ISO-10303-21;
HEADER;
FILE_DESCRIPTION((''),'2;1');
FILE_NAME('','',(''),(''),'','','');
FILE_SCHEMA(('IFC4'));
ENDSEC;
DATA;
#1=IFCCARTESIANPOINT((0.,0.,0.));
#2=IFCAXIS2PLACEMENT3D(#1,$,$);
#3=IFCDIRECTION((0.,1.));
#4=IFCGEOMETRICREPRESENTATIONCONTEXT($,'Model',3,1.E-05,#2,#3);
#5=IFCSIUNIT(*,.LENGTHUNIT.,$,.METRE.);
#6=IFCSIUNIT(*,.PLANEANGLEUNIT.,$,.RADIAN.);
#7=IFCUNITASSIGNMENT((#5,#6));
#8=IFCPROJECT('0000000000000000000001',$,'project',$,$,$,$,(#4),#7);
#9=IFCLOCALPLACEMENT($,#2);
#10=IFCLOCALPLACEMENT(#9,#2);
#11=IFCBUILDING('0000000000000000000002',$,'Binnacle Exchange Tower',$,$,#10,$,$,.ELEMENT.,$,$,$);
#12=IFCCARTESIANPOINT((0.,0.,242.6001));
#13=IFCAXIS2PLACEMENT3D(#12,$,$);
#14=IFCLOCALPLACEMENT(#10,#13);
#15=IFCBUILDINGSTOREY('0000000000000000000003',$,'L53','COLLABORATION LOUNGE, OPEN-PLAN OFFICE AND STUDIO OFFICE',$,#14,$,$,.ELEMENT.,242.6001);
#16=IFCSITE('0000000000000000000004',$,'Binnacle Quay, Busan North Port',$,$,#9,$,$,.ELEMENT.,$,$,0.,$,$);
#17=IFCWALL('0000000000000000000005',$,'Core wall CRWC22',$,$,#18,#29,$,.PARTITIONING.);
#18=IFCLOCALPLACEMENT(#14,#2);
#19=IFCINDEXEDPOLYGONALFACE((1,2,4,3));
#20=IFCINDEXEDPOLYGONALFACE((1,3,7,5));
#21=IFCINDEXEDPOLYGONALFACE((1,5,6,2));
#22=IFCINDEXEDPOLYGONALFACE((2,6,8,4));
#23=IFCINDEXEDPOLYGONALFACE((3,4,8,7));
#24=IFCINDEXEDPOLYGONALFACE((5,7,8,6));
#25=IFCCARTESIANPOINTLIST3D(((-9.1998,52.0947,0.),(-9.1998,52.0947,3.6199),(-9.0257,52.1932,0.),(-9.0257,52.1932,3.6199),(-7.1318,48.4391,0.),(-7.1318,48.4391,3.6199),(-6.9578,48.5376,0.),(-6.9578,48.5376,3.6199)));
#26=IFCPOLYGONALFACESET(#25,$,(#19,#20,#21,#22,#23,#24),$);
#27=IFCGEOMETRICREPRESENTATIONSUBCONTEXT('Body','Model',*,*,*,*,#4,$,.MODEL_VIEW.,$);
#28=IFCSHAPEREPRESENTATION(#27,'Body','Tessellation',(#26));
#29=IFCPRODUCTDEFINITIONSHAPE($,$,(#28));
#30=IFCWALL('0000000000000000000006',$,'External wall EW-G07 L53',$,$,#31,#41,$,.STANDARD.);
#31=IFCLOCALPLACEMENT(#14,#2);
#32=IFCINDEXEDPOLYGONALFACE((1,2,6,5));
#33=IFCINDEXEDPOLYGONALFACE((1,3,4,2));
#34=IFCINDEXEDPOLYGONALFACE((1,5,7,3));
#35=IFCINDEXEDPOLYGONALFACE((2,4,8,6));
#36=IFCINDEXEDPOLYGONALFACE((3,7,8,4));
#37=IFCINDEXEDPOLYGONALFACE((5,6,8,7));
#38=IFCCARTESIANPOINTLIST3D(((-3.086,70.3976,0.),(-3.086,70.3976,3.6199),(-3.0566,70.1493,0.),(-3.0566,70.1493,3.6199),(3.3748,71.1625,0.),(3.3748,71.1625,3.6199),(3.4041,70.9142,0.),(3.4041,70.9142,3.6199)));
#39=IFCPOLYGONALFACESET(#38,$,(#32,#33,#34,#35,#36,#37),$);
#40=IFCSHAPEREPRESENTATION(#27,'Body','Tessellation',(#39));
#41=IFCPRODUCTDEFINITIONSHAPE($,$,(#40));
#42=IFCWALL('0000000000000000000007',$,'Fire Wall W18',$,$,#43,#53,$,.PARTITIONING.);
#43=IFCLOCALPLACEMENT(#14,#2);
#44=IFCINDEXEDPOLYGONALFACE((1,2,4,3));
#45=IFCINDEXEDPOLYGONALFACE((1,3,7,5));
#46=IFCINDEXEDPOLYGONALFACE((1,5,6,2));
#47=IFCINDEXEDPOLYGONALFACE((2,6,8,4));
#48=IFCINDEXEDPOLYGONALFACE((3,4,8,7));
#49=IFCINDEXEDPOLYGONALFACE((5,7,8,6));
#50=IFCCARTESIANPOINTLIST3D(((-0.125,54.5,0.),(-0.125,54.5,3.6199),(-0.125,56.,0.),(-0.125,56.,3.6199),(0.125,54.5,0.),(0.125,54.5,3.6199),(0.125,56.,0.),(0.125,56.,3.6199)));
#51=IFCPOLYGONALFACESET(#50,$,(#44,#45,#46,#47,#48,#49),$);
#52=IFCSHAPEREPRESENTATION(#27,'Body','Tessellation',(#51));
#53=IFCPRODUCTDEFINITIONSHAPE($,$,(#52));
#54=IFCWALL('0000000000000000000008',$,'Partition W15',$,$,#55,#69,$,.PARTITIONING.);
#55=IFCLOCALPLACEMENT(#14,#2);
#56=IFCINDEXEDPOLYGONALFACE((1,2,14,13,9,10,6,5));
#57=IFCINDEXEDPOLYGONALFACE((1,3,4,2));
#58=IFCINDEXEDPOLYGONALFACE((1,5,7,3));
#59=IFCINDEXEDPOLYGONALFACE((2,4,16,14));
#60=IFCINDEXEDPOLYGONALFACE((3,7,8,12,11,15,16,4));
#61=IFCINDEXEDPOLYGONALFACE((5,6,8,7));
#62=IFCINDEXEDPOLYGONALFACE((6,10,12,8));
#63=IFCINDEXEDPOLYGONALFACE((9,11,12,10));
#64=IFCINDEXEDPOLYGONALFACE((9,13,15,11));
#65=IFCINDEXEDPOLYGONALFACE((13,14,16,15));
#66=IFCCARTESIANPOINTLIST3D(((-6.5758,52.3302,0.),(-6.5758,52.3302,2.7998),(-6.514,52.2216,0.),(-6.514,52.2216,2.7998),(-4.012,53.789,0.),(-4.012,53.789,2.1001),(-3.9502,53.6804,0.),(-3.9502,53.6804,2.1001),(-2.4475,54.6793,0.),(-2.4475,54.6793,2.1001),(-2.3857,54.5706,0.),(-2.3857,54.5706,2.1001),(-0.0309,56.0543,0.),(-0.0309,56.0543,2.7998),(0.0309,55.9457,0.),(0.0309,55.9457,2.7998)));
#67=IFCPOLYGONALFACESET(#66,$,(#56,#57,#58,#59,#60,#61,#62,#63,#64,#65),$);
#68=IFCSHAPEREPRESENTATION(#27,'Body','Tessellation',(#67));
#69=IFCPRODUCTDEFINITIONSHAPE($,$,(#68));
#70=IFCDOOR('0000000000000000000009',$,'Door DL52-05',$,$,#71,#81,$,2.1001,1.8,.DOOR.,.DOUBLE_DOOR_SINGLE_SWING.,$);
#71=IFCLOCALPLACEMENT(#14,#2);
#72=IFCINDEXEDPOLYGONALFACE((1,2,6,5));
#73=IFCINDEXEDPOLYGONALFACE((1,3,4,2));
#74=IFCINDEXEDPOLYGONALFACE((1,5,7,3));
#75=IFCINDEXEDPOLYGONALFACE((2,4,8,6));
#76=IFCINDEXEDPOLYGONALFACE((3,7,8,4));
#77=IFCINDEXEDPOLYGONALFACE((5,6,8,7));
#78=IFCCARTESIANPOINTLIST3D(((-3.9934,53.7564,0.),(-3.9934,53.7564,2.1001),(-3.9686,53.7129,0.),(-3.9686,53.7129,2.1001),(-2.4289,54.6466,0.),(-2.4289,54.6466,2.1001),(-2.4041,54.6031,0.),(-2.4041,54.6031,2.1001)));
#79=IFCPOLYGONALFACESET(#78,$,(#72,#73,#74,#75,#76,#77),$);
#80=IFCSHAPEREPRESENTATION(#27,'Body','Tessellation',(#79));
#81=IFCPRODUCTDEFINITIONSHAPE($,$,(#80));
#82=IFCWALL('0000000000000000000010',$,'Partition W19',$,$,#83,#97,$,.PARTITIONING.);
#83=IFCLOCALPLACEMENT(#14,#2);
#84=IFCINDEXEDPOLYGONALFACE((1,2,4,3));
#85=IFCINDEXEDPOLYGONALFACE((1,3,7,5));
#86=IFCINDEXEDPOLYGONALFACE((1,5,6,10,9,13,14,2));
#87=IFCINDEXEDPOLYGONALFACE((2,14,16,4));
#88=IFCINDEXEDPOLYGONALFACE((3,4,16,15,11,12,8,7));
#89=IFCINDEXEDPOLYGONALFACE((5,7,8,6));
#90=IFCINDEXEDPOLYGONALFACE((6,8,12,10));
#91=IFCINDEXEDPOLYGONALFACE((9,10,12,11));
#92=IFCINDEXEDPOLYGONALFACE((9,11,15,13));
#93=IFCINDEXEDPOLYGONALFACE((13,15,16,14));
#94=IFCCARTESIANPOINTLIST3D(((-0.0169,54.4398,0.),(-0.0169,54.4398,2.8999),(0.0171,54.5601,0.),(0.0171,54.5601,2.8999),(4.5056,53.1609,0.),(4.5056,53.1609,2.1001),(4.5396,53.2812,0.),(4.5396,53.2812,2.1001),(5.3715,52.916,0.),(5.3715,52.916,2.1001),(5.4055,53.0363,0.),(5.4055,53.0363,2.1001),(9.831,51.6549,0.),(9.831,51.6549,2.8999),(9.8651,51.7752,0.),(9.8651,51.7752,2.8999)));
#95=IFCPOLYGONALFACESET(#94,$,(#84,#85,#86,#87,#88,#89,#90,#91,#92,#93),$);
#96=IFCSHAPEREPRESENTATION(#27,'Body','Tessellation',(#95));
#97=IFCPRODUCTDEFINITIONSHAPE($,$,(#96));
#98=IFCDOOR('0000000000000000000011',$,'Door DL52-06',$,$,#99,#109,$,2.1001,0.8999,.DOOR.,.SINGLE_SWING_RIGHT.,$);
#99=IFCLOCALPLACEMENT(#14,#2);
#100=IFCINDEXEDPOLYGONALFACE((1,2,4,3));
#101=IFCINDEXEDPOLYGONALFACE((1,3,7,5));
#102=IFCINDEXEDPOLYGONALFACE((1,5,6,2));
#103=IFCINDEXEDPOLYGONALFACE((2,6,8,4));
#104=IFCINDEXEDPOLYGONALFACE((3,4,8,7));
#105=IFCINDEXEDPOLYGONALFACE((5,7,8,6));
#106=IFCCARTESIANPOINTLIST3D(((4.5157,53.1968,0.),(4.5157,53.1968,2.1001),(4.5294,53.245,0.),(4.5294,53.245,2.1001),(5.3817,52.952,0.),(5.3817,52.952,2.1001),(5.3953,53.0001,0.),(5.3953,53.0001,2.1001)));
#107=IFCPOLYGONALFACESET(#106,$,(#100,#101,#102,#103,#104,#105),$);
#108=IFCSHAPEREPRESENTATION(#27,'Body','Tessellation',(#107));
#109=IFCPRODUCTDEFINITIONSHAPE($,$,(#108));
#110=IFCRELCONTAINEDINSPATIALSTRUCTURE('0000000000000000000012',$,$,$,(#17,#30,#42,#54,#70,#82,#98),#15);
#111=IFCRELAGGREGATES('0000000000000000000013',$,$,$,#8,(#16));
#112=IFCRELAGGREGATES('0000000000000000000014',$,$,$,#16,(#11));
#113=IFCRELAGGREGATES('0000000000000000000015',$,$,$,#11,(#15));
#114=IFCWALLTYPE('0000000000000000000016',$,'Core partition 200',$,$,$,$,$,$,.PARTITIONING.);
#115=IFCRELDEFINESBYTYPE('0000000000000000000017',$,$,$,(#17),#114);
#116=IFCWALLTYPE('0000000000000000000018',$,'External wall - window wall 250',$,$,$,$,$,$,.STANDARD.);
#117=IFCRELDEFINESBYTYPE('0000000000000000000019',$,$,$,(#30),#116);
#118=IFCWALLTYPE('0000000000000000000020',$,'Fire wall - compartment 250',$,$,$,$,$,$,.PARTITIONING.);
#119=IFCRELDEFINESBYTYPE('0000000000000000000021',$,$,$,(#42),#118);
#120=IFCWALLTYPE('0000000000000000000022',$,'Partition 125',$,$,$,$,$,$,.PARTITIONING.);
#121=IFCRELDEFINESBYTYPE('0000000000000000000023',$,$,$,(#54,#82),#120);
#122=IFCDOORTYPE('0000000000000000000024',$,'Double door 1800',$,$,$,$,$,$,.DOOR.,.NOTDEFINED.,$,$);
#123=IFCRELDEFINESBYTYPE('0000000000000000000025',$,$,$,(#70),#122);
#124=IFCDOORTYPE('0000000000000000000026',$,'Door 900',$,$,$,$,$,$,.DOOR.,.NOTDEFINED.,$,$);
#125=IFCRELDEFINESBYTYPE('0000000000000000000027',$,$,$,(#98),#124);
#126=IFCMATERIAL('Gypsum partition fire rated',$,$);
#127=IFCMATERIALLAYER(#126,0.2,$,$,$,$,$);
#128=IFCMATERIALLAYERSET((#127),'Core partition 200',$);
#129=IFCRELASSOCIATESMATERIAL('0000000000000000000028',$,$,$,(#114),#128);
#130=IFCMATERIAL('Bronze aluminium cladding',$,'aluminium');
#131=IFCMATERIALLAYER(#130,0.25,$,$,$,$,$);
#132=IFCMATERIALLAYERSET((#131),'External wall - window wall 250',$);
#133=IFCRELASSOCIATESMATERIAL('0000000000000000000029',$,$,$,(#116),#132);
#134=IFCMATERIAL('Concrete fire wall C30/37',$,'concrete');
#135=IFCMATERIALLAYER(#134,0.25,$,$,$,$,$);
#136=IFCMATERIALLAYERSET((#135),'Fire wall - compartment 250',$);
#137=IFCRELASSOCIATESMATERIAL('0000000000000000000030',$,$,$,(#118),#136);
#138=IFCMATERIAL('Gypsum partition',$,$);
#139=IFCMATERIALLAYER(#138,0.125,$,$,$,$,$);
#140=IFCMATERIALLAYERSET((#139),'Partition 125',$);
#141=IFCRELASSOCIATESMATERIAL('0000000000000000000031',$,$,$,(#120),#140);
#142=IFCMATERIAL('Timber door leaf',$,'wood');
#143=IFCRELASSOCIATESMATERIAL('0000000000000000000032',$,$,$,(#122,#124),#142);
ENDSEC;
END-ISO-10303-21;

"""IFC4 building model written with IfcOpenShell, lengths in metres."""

from ifc_helpers import new_model, si_unit, direction, frame, frame_2d, origin, place, context, subcontext, project, spatial, rectangle, extrude, material, layer, layer_set, type_object, element, fill, save


model = new_model("IFC4")

# Units and contexts
model_context = context("Model", 3, precision=1e-05, world=origin(), true_north=direction((0.0, 1.0)))
body_context = subcontext(model_context, "Body", "Model", "MODEL_VIEW")
ifc_project = project(units=[si_unit("LENGTHUNIT", "METRE"), si_unit("PLANEANGLEUNIT", "RADIAN")], contexts=[model_context])

# Site, building, storey
site_placement = place(None, origin())
site = spatial("IfcSite", under=ifc_project, at=site_placement, Name="Binnacle Quay, Busan North Port", CompositionType="ELEMENT", RefElevation=0.0)
building_placement = place(site_placement, origin())
building = spatial("IfcBuilding", under=site, at=building_placement, Name="Binnacle Exchange Tower", CompositionType="ELEMENT")
storey_placement = place(building_placement, frame((0.0, 0.0, 242.6001)))
storey = spatial("IfcBuildingStorey", under=building, at=storey_placement, Name="L53", Description="COLLABORATION LOUNGE, OPEN-PLAN OFFICE AND STUDIO OFFICE", CompositionType="ELEMENT", Elevation=242.6001)

# Walls
ifc_material_1 = material(Name="Gypsum partition fire rated")
ifc_layer_1 = layer(ifc_material_1, 0.2)
ifc_layer_set_1 = layer_set([ifc_layer_1], Name="Core partition 200")
wall_type_1 = type_object("IfcWallType", Name="Core partition 200", PredefinedType="PARTITIONING", material=ifc_layer_set_1)
wall_1_placement = place(storey_placement, frame((-9.1128, 52.144, 0.0), z_axis=(0.0, 0.0, 1.0), x_axis=(0.492366, -0.870388, 0.0)))
element("IfcWall", 1, at=wall_1_placement, inside=storey, type_object=wall_type_1, Name="Core wall CRWC22", PredefinedType="PARTITIONING", context=body_context, shape_type="SweptSolid", body=[
    extrude(rectangle(XDim=4.2, YDim=0.2, at=frame_2d((2.1001, 0.0))), origin(), (0.0, 0.0, 1.0), 3.6199),
])
ifc_material_2 = material(Name="Bronze aluminium cladding", Category="aluminium")
ifc_layer_2 = layer(ifc_material_2, 0.25)
ifc_layer_set_2 = layer_set([ifc_layer_2], Name="External wall - window wall 250")
wall_type_2 = type_object("IfcWallType", Name="External wall - window wall 250", PredefinedType="STANDARD", material=ifc_layer_set_2)
wall_2_placement = place(storey_placement, frame((-3.0713, 70.2734, 0.0), z_axis=(0.0, 0.0, 1.0), x_axis=(0.993065, 0.117571, 0.0)))
element("IfcWall", 2, at=wall_2_placement, inside=storey, type_object=wall_type_2, Name="External wall EW-G07 L53", PredefinedType="STANDARD", context=body_context, shape_type="SweptSolid", body=[
    extrude(rectangle(XDim=6.5059, YDim=0.25, at=frame_2d((3.2529, 0.0))), origin(), (0.0, 0.0, 1.0), 3.6199),
])
ifc_material_3 = material(Name="Concrete fire wall C30/37", Category="concrete")
ifc_layer_3 = layer(ifc_material_3, 0.25)
ifc_layer_set_3 = layer_set([ifc_layer_3], Name="Fire wall - compartment 250")
wall_type_3 = type_object("IfcWallType", Name="Fire wall - compartment 250", PredefinedType="PARTITIONING", material=ifc_layer_set_3)
wall_3_placement = place(storey_placement, frame((0.0, 54.5, 0.0), z_axis=(0.0, 0.0, 1.0), x_axis=(0.0, 1.0, 0.0)))
element("IfcWall", 3, at=wall_3_placement, inside=storey, type_object=wall_type_3, Name="Fire Wall W18", PredefinedType="PARTITIONING", context=body_context, shape_type="SweptSolid", body=[
    extrude(rectangle(XDim=1.5, YDim=0.25, at=frame_2d((0.75, 0.0))), origin(), (0.0, 0.0, 1.0), 3.6199),
])

# Walls, openings, doors
ifc_material_4 = material(Name="Gypsum partition")
ifc_layer_4 = layer(ifc_material_4, 0.125)
ifc_layer_set_4 = layer_set([ifc_layer_4], Name="Partition 125")
wall_type_4 = type_object("IfcWallType", Name="Partition 125", PredefinedType="PARTITIONING", material=ifc_layer_set_4)
wall_4_placement = place(storey_placement, frame((-6.5449, 52.2759, 0.0), z_axis=(0.0, 0.0, 1.0), x_axis=(0.869147, 0.494553, 0.0)))
wall_4 = element("IfcWall", 4, at=wall_4_placement, inside=storey, type_object=wall_type_4, Name="Partition W15", PredefinedType="PARTITIONING", context=body_context, shape_type="SweptSolid", body=[
    extrude(rectangle(XDim=7.5303, YDim=0.125, at=frame_2d((3.7651, 0.0))), origin(), (0.0, 0.0, 1.0), 2.7998),
])
opening_1_placement = place(wall_4_placement, frame((2.95, 0.0, 0.0)))
opening_1 = element("IfcOpeningElement", 5, at=opening_1_placement, cuts=wall_4, PredefinedType="OPENING", context=body_context, shape_type="SweptSolid", body=[
    extrude(rectangle(XDim=1.8, YDim=2.1001, at=frame_2d((0.8999, 1.05))), frame((0.0, 0.0725, 0.0), z_axis=(0.0, -1.0, 0.0), x_axis=(1.0, 0.0, 0.0)), (0.0, 0.0, 1.0), 0.145),
])
ifc_material_5 = material(Name="Timber door leaf", Category="wood")
door_type_1 = type_object("IfcDoorType", Name="Double door 1800", OperationType="NOTDEFINED", PredefinedType="DOOR", material=ifc_material_5)
door_1_placement = place(opening_1_placement, origin())
door_1 = element("IfcDoor", 6, at=door_1_placement, inside=storey, type_object=door_type_1, Name="Door DL52-05", OperationType="DOUBLE_DOOR_SINGLE_SWING", OverallHeight=2.1001, OverallWidth=1.8, PredefinedType="DOOR", context=body_context, shape_type="SweptSolid", body=[
    extrude(rectangle(XDim=1.8, YDim=2.1001, at=frame_2d((0.8999, 1.05))), frame((0.0, 0.0249, 0.0), z_axis=(0.0, -1.0, 0.0), x_axis=(1.0, 0.0, 0.0)), (0.0, 0.0, 1.0), 0.05),
])
fill(opening_1, door_1)
wall_5_placement = place(storey_placement, frame((0.0, 54.5, 0.0), z_axis=(0.0, 0.0, 1.0), x_axis=(0.962263, -0.272121, 0.0)))
wall_5 = element("IfcWall", 7, at=wall_5_placement, inside=storey, type_object=wall_type_4, Name="Partition W19", PredefinedType="PARTITIONING", context=body_context, shape_type="SweptSolid", body=[
    extrude(rectangle(XDim=10.2341, YDim=0.125, at=frame_2d((5.1172, 0.0))), origin(), (0.0, 0.0, 1.0), 2.8999),
])
opening_2_placement = place(wall_5_placement, frame((4.7, 0.0, 0.0)))
opening_2 = element("IfcOpeningElement", 8, at=opening_2_placement, cuts=wall_5, PredefinedType="OPENING", context=body_context, shape_type="SweptSolid", body=[
    extrude(rectangle(XDim=0.8999, YDim=2.1001, at=frame_2d((0.45, 1.05))), frame((0.0, 0.0725, 0.0), z_axis=(0.0, -1.0, 0.0), x_axis=(1.0, 0.0, 0.0)), (0.0, 0.0, 1.0), 0.145),
])
door_type_2 = type_object("IfcDoorType", Name="Door 900", OperationType="NOTDEFINED", PredefinedType="DOOR", material=ifc_material_5)
door_2_placement = place(opening_2_placement, origin())
door_2 = element("IfcDoor", 9, at=door_2_placement, inside=storey, type_object=door_type_2, Name="Door DL52-06", OperationType="SINGLE_SWING_RIGHT", OverallHeight=2.1001, OverallWidth=0.8999, PredefinedType="DOOR", context=body_context, shape_type="SweptSolid", body=[
    extrude(rectangle(XDim=0.8999, YDim=2.1001, at=frame_2d((0.45, 1.05))), frame((0.0, 0.0249, 0.0), z_axis=(0.0, -1.0, 0.0), x_axis=(1.0, 0.0, 0.0)), (0.0, 0.0, 1.0), 0.05),
])
fill(opening_2, door_2)

save(model, "model.ifc")
